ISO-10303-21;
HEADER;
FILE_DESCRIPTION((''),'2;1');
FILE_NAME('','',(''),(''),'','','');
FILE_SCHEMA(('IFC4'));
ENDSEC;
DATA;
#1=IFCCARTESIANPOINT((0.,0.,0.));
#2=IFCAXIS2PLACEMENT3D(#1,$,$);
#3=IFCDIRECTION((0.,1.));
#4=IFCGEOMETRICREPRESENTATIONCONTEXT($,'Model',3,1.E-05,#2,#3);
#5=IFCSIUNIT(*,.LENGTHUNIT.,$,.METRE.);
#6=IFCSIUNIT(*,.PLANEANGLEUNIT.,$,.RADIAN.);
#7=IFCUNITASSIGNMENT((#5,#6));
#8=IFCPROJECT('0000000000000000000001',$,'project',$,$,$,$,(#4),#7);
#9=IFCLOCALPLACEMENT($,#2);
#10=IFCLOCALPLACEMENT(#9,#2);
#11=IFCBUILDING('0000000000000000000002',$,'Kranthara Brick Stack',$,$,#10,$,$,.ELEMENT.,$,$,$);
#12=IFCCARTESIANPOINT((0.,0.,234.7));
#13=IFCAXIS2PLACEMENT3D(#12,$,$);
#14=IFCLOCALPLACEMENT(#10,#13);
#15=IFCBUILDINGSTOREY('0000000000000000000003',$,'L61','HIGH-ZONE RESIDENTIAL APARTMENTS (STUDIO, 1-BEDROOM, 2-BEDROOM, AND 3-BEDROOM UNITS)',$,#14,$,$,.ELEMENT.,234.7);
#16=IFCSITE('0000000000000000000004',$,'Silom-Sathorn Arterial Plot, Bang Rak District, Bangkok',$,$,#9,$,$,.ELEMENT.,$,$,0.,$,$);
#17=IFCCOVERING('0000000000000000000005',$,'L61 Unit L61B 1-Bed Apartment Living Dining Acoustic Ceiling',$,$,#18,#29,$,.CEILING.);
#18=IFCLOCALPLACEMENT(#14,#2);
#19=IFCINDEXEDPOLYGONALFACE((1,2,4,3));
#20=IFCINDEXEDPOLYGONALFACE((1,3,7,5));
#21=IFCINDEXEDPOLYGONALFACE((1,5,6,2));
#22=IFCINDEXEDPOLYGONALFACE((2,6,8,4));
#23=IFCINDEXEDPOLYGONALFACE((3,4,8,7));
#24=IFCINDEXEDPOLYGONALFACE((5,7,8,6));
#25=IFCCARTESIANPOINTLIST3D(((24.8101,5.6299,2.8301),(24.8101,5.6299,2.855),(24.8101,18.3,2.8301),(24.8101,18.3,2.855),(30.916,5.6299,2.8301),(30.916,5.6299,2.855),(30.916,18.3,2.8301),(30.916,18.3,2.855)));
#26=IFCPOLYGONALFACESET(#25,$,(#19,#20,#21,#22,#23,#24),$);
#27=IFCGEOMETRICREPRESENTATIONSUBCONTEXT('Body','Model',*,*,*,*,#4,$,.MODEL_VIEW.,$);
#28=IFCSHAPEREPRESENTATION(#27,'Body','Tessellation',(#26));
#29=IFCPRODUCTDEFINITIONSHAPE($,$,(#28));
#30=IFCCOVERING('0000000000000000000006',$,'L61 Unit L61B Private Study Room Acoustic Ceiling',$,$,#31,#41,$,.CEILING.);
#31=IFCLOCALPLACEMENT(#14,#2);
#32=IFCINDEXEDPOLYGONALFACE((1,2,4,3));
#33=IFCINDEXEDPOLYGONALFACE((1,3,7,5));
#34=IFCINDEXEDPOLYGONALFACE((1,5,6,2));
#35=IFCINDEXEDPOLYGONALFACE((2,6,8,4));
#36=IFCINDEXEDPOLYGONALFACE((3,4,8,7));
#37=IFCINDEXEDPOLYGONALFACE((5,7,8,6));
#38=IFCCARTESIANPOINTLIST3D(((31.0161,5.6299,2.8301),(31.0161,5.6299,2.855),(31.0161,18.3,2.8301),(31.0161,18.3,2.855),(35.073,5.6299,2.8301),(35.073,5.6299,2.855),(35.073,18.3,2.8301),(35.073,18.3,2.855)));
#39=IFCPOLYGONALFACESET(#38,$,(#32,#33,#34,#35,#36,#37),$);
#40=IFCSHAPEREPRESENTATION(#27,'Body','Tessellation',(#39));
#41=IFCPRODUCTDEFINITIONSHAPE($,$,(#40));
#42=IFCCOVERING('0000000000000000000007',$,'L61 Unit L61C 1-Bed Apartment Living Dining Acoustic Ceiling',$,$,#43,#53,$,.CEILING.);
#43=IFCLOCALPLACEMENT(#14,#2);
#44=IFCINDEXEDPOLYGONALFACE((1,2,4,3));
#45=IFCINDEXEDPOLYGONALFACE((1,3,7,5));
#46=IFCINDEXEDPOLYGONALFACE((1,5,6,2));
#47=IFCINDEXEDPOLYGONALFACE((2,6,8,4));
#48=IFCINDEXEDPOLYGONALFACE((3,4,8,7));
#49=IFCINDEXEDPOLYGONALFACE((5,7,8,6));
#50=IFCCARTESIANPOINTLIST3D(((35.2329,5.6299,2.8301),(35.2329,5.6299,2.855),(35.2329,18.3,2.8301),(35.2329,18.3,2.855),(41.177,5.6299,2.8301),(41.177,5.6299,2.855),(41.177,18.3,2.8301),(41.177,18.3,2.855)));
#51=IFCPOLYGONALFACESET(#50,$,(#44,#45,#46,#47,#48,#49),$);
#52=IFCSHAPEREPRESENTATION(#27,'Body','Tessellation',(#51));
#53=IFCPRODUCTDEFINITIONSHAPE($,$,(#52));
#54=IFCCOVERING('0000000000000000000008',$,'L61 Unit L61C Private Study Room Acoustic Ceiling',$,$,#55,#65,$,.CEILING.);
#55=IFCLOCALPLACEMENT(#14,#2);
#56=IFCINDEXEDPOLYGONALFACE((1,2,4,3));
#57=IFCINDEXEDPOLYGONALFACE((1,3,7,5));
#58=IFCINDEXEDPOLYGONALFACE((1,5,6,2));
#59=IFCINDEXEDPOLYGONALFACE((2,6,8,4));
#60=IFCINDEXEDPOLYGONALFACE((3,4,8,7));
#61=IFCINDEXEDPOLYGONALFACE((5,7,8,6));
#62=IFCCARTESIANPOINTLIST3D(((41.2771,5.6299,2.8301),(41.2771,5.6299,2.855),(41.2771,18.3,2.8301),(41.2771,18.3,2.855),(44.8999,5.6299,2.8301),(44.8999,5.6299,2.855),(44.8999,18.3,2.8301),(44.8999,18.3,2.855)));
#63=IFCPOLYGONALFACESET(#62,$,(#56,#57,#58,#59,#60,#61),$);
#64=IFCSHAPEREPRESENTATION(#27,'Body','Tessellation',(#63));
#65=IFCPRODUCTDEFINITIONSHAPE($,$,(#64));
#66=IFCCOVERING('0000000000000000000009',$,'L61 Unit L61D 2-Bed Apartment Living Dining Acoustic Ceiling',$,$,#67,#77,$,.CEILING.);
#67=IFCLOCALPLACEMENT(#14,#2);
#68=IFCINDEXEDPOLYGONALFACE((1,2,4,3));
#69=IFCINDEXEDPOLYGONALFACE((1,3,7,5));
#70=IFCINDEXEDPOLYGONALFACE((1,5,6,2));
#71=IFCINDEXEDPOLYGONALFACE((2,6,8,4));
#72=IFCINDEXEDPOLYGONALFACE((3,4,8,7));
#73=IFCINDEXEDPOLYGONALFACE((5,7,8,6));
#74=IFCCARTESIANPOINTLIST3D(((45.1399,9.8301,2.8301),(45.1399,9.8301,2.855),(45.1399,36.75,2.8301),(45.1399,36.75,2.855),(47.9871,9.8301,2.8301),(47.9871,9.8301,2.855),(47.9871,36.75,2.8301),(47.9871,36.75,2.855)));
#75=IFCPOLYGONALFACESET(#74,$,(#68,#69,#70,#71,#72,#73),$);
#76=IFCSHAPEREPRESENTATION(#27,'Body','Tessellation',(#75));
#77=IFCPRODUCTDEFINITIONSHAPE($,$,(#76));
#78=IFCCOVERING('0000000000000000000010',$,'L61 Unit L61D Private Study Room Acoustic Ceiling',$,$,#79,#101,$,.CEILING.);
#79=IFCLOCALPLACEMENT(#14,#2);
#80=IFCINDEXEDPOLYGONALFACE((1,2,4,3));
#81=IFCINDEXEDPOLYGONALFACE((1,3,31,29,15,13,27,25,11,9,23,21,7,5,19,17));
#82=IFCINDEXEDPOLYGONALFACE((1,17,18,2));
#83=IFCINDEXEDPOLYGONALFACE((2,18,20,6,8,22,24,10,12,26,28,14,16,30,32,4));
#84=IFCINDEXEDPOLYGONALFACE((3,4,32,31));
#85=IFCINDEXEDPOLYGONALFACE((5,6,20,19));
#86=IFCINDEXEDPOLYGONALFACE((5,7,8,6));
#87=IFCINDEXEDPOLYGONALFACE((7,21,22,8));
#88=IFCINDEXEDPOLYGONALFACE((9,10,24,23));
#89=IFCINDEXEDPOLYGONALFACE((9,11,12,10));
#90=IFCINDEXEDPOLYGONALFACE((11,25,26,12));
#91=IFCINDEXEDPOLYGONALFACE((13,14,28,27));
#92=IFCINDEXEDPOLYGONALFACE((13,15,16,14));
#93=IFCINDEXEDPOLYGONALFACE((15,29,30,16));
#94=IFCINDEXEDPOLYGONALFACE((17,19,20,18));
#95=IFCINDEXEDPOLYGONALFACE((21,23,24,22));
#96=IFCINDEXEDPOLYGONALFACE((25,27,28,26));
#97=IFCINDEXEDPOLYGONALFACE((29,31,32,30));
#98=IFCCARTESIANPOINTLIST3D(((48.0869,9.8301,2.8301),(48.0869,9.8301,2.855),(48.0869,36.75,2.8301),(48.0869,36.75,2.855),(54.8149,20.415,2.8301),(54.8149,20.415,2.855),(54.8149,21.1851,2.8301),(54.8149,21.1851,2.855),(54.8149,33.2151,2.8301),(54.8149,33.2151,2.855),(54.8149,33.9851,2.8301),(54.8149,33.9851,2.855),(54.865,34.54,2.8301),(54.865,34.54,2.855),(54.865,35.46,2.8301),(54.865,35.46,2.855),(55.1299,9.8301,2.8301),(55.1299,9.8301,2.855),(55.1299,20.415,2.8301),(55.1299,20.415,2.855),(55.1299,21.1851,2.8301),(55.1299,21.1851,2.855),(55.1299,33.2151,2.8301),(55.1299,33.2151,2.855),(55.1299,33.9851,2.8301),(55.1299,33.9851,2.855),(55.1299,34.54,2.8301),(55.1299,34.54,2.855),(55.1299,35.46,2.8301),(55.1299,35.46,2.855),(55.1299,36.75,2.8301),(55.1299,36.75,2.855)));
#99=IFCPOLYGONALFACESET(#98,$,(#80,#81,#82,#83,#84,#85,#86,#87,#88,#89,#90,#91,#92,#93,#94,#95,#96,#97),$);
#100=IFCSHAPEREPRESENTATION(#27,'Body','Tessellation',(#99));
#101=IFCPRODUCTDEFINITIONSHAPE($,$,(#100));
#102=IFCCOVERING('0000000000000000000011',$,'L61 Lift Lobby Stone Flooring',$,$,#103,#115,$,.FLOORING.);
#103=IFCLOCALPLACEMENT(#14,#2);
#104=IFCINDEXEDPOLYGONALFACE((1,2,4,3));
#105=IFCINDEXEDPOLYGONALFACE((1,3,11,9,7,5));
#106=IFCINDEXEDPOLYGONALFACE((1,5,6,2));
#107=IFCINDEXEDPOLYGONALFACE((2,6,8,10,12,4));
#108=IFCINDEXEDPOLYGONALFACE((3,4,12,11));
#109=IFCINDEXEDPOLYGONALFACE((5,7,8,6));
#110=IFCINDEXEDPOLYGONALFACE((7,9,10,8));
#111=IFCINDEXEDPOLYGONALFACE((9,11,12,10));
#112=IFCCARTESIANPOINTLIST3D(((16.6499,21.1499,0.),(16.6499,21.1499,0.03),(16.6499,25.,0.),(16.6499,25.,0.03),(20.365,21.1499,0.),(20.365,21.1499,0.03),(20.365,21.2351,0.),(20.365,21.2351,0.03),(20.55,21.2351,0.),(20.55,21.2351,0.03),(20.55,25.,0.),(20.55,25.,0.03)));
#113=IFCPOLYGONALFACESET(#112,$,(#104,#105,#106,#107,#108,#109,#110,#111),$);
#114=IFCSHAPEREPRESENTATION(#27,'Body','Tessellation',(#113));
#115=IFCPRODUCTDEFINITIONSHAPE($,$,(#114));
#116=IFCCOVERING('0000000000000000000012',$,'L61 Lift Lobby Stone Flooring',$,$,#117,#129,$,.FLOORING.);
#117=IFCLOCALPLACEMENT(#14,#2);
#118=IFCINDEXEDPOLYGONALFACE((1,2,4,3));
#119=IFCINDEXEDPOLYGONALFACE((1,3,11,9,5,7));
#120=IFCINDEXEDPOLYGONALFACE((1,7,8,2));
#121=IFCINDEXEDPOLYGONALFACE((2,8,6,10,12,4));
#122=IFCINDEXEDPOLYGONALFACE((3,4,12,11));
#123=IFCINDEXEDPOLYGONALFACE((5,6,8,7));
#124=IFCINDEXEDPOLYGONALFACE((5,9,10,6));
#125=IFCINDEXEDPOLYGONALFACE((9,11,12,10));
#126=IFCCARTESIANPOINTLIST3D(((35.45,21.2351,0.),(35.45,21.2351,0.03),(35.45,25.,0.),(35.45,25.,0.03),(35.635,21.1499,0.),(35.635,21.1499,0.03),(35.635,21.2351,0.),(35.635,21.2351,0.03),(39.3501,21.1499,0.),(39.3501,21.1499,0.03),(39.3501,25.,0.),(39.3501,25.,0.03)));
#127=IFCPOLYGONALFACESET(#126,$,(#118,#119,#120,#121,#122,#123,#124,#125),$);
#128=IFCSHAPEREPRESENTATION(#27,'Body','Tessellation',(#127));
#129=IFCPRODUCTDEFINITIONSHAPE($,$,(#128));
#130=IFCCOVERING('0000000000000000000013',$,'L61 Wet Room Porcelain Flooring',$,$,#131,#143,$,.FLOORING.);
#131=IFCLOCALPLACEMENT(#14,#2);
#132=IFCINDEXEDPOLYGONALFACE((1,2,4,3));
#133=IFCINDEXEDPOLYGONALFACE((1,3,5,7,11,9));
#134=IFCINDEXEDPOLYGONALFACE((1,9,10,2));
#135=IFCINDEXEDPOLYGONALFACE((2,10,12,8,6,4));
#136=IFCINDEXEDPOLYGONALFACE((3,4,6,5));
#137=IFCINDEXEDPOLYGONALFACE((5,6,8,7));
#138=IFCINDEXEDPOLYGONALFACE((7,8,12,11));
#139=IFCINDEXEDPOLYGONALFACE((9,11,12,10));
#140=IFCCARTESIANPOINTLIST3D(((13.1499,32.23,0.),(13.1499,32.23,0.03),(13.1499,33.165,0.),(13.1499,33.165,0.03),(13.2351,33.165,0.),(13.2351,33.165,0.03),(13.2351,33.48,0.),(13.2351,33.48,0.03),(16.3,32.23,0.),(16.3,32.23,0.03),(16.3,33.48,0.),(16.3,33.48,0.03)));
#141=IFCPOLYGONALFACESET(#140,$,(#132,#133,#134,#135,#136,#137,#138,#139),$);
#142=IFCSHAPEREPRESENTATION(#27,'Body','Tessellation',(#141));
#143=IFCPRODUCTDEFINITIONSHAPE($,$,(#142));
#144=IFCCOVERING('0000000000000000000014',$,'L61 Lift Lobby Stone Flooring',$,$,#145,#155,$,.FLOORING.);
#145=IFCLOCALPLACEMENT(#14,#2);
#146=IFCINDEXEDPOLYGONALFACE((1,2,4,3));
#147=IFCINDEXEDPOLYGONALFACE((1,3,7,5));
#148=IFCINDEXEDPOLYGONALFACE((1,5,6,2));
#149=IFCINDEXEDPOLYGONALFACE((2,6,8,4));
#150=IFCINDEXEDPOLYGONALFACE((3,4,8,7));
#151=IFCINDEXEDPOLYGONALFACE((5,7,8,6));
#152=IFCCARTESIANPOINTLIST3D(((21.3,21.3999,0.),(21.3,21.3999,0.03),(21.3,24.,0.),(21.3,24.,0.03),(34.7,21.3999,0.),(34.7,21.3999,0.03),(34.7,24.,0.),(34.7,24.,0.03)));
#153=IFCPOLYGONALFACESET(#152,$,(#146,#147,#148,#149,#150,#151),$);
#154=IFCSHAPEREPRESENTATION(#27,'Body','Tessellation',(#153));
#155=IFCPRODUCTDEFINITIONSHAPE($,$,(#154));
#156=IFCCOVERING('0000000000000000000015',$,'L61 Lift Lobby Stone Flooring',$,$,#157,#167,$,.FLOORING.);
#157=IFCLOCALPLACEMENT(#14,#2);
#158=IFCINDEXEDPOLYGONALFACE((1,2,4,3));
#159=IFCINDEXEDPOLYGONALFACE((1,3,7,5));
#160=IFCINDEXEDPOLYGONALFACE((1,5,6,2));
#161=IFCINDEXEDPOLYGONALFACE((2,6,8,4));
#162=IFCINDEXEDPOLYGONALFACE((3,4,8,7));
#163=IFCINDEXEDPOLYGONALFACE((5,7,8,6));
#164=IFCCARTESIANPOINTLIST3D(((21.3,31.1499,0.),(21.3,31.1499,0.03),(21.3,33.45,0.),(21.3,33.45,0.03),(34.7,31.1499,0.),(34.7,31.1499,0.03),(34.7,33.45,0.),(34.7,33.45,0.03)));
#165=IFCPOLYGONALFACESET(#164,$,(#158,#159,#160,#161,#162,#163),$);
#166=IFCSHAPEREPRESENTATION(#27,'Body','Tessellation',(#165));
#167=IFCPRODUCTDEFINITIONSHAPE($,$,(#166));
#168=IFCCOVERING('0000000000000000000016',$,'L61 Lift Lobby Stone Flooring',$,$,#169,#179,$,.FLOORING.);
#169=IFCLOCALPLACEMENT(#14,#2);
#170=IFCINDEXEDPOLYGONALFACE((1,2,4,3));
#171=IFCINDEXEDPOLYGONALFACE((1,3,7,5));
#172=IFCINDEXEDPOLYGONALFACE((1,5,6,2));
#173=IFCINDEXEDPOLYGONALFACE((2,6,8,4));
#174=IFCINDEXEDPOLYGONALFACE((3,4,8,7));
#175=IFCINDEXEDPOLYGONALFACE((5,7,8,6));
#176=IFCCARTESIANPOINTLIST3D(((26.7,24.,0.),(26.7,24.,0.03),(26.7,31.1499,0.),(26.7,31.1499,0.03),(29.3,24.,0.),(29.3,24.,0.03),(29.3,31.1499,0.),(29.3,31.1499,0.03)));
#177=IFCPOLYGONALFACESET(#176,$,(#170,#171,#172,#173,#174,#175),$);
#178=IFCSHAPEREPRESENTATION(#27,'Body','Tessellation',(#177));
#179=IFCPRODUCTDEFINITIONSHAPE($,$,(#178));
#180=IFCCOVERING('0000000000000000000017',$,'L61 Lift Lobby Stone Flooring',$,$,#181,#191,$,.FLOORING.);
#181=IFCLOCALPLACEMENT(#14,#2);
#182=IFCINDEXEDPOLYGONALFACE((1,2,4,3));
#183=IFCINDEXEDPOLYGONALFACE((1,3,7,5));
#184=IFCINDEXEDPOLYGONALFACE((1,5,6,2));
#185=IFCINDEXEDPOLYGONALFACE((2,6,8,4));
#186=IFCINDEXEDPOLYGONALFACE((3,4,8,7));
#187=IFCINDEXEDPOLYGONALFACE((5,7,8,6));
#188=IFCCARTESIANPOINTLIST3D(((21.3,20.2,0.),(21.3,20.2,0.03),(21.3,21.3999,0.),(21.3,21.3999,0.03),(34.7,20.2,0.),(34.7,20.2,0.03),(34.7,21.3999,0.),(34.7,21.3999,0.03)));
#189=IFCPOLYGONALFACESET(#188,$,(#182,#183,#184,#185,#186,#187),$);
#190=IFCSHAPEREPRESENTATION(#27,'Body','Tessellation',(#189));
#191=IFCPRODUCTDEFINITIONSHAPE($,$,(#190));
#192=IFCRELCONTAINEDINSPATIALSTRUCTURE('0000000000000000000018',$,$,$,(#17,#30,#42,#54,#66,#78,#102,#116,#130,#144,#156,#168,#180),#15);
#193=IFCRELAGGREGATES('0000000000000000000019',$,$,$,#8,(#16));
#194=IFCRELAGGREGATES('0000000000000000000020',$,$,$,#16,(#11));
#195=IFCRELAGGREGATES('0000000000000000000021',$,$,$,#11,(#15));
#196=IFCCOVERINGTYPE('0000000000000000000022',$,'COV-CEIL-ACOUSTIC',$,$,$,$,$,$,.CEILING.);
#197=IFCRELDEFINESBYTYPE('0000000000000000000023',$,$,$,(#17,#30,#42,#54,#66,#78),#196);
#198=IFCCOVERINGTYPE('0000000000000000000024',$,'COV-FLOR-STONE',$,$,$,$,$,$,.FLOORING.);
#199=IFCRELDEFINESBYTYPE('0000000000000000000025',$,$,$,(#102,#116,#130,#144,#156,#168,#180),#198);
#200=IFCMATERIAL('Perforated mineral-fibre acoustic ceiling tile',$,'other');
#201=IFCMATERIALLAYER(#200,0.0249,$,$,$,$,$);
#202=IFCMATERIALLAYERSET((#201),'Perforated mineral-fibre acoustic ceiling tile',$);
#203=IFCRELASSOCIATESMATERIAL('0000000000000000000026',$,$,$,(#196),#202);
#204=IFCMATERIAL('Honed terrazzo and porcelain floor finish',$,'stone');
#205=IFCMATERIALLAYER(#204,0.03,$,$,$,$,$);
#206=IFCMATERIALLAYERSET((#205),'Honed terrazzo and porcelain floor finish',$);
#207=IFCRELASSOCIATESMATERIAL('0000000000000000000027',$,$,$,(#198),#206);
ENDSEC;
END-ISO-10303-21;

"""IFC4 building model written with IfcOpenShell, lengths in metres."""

from ifc_helpers import new_model, si_unit, direction, frame, origin, place, context, subcontext, project, spatial, polyline, outline, extrude, material, layer, layer_set, type_object, element, save


model = new_model("IFC4")

# Units and contexts
model_context = context("Model", 3, precision=1e-05, world=origin(), true_north=direction((0.0, 1.0)))
body_context = subcontext(model_context, "Body", "Model", "MODEL_VIEW")
ifc_project = project(units=[si_unit("LENGTHUNIT", "METRE"), si_unit("PLANEANGLEUNIT", "RADIAN")], contexts=[model_context])

# Site, building, storey
site_placement = place(None, origin())
site = spatial("IfcSite", under=ifc_project, at=site_placement, Name="Silom-Sathorn Arterial Plot, Bang Rak District, Bangkok", CompositionType="ELEMENT", RefElevation=0.0)
building_placement = place(site_placement, origin())
building = spatial("IfcBuilding", under=site, at=building_placement, Name="Kranthara Brick Stack", CompositionType="ELEMENT")
storey_placement = place(building_placement, frame((0.0, 0.0, 234.7)))
storey = spatial("IfcBuildingStorey", under=building, at=storey_placement, Name="L61", Description="HIGH-ZONE RESIDENTIAL APARTMENTS (STUDIO, 1-BEDROOM, 2-BEDROOM, AND 3-BEDROOM UNITS)", CompositionType="ELEMENT", Elevation=234.7)

# Coverings
ifc_material_1 = material(Name="Perforated mineral-fibre acoustic ceiling tile", Category="other")
ifc_layer_1 = layer(ifc_material_1, 0.0249)
ifc_layer_set_1 = layer_set([ifc_layer_1], Name="Perforated mineral-fibre acoustic ceiling tile")
covering_type_1 = type_object("IfcCoveringType", Name="COV-CEIL-ACOUSTIC", PredefinedType="CEILING", material=ifc_layer_set_1)
covering_1_placement = place(storey_placement, frame((0.0, 0.0, 2.8301)))
element("IfcCovering", 1, at=covering_1_placement, inside=storey, type_object=covering_type_1, Name="L61 Unit L61B 1-Bed Apartment Living Dining Acoustic Ceiling", PredefinedType="CEILING", context=body_context, shape_type="SweptSolid", body=[
    extrude(outline(polyline([(30.916, 5.6299), (30.916, 18.3), (24.8101, 18.3), (24.8101, 5.6299), (30.916, 5.6299)])), origin(), (0.0, 0.0, 1.0), 0.0249),
])
covering_2_placement = place(storey_placement, frame((0.0, 0.0, 2.8301)))
element("IfcCovering", 2, at=covering_2_placement, inside=storey, type_object=covering_type_1, Name="L61 Unit L61B Private Study Room Acoustic Ceiling", PredefinedType="CEILING", context=body_context, shape_type="SweptSolid", body=[
    extrude(outline(polyline([(35.073, 5.6299), (35.073, 18.3), (31.0161, 18.3), (31.0161, 5.6299), (35.073, 5.6299)])), origin(), (0.0, 0.0, 1.0), 0.0249),
])
covering_3_placement = place(storey_placement, frame((0.0, 0.0, 2.8301)))
element("IfcCovering", 3, at=covering_3_placement, inside=storey, type_object=covering_type_1, Name="L61 Unit L61C 1-Bed Apartment Living Dining Acoustic Ceiling", PredefinedType="CEILING", context=body_context, shape_type="SweptSolid", body=[
    extrude(outline(polyline([(41.177, 5.6299), (41.177, 18.3), (35.2329, 18.3), (35.2329, 5.6299), (41.177, 5.6299)])), origin(), (0.0, 0.0, 1.0), 0.0249),
])
covering_4_placement = place(storey_placement, frame((0.0, 0.0, 2.8301)))
element("IfcCovering", 4, at=covering_4_placement, inside=storey, type_object=covering_type_1, Name="L61 Unit L61C Private Study Room Acoustic Ceiling", PredefinedType="CEILING", context=body_context, shape_type="SweptSolid", body=[
    extrude(outline(polyline([(44.8999, 5.6299), (44.8999, 18.3), (41.2771, 18.3), (41.2771, 5.6299), (44.8999, 5.6299)])), origin(), (0.0, 0.0, 1.0), 0.0249),
])
covering_5_placement = place(storey_placement, frame((0.0, 0.0, 2.8301)))
element("IfcCovering", 5, at=covering_5_placement, inside=storey, type_object=covering_type_1, Name="L61 Unit L61D 2-Bed Apartment Living Dining Acoustic Ceiling", PredefinedType="CEILING", context=body_context, shape_type="SweptSolid", body=[
    extrude(outline(polyline([(47.9871, 9.8301), (47.9871, 36.75), (45.1399, 36.75), (45.1399, 9.8301), (47.9871, 9.8301)])), origin(), (0.0, 0.0, 1.0), 0.0249),
])
covering_6_placement = place(storey_placement, frame((0.0, 0.0, 2.8301)))
element("IfcCovering", 6, at=covering_6_placement, inside=storey, type_object=covering_type_1, Name="L61 Unit L61D Private Study Room Acoustic Ceiling", PredefinedType="CEILING", context=body_context, shape_type="SweptSolid", body=[
    extrude(outline(polyline([(48.0869, 36.75), (55.1299, 36.75), (55.1299, 35.46), (54.865, 35.46), (54.865, 34.54), (55.1299, 34.54), (55.1299, 33.9851), (54.8149, 33.9851), (54.8149, 33.2151), (55.1299, 33.2151), (55.1299, 21.1851), (54.8149, 21.1851), (54.8149, 20.415), (55.1299, 20.415), (55.1299, 9.8301), (48.0869, 9.8301), (48.0869, 36.75)])), origin(), (0.0, 0.0, 1.0), 0.0249),
])
ifc_material_2 = material(Name="Honed terrazzo and porcelain floor finish", Category="stone")
ifc_layer_2 = layer(ifc_material_2, 0.03)
ifc_layer_set_2 = layer_set([ifc_layer_2], Name="Honed terrazzo and porcelain floor finish")
covering_type_2 = type_object("IfcCoveringType", Name="COV-FLOR-STONE", PredefinedType="FLOORING", material=ifc_layer_set_2)
covering_7_placement = place(storey_placement, origin())
element("IfcCovering", 7, at=covering_7_placement, inside=storey, type_object=covering_type_2, Name="L61 Lift Lobby Stone Flooring", PredefinedType="FLOORING", context=body_context, shape_type="SweptSolid", body=[
    extrude(outline(polyline([(16.6499, 21.1499), (16.6499, 25.0), (20.55, 25.0), (20.55, 21.2351), (20.365, 21.2351), (20.365, 21.1499), (16.6499, 21.1499)])), origin(), (0.0, 0.0, 1.0), 0.03),
])
covering_8_placement = place(storey_placement, origin())
element("IfcCovering", 8, at=covering_8_placement, inside=storey, type_object=covering_type_2, Name="L61 Lift Lobby Stone Flooring", PredefinedType="FLOORING", context=body_context, shape_type="SweptSolid", body=[
    extrude(outline(polyline([(35.45, 25.0), (39.3501, 25.0), (39.3501, 21.1499), (35.635, 21.1499), (35.635, 21.2351), (35.45, 21.2351), (35.45, 25.0)])), origin(), (0.0, 0.0, 1.0), 0.03),
])
covering_9_placement = place(storey_placement, origin())
element("IfcCovering", 9, at=covering_9_placement, inside=storey, type_object=covering_type_2, Name="L61 Wet Room Porcelain Flooring", PredefinedType="FLOORING", context=body_context, shape_type="SweptSolid", body=[
    extrude(outline(polyline([(16.3, 33.48), (16.3, 32.23), (13.1499, 32.23), (13.1499, 33.165), (13.2351, 33.165), (13.2351, 33.48), (16.3, 33.48)])), origin(), (0.0, 0.0, 1.0), 0.03),
])
covering_10_placement = place(storey_placement, origin())
element("IfcCovering", 10, at=covering_10_placement, inside=storey, type_object=covering_type_2, Name="L61 Lift Lobby Stone Flooring", PredefinedType="FLOORING", context=body_context, shape_type="SweptSolid", body=[
    extrude(outline(polyline([(34.7, 21.3999), (34.7, 24.0), (21.3, 24.0), (21.3, 21.3999), (34.7, 21.3999)])), origin(), (0.0, 0.0, 1.0), 0.03),
])
covering_11_placement = place(storey_placement, origin())
element("IfcCovering", 11, at=covering_11_placement, inside=storey, type_object=covering_type_2, Name="L61 Lift Lobby Stone Flooring", PredefinedType="FLOORING", context=body_context, shape_type="SweptSolid", body=[
    extrude(outline(polyline([(34.7, 31.1499), (34.7, 33.45), (21.3, 33.45), (21.3, 31.1499), (34.7, 31.1499)])), origin(), (0.0, 0.0, 1.0), 0.03),
])
covering_12_placement = place(storey_placement, origin())
element("IfcCovering", 12, at=covering_12_placement, inside=storey, type_object=covering_type_2, Name="L61 Lift Lobby Stone Flooring", PredefinedType="FLOORING", context=body_context, shape_type="SweptSolid", body=[
    extrude(outline(polyline([(29.3, 24.0), (26.7, 24.0), (26.7, 31.1499), (29.3, 31.1499), (29.3, 24.0)])), origin(), (0.0, 0.0, 1.0), 0.03),
])
covering_13_placement = place(storey_placement, origin())
element("IfcCovering", 13, at=covering_13_placement, inside=storey, type_object=covering_type_2, Name="L61 Lift Lobby Stone Flooring", PredefinedType="FLOORING", context=body_context, shape_type="SweptSolid", body=[
    extrude(outline(polyline([(34.7, 20.2), (21.3, 20.2), (21.3, 21.3999), (34.7, 21.3999), (34.7, 20.2)])), origin(), (0.0, 0.0, 1.0), 0.03),
])

save(model, "model.ifc")
